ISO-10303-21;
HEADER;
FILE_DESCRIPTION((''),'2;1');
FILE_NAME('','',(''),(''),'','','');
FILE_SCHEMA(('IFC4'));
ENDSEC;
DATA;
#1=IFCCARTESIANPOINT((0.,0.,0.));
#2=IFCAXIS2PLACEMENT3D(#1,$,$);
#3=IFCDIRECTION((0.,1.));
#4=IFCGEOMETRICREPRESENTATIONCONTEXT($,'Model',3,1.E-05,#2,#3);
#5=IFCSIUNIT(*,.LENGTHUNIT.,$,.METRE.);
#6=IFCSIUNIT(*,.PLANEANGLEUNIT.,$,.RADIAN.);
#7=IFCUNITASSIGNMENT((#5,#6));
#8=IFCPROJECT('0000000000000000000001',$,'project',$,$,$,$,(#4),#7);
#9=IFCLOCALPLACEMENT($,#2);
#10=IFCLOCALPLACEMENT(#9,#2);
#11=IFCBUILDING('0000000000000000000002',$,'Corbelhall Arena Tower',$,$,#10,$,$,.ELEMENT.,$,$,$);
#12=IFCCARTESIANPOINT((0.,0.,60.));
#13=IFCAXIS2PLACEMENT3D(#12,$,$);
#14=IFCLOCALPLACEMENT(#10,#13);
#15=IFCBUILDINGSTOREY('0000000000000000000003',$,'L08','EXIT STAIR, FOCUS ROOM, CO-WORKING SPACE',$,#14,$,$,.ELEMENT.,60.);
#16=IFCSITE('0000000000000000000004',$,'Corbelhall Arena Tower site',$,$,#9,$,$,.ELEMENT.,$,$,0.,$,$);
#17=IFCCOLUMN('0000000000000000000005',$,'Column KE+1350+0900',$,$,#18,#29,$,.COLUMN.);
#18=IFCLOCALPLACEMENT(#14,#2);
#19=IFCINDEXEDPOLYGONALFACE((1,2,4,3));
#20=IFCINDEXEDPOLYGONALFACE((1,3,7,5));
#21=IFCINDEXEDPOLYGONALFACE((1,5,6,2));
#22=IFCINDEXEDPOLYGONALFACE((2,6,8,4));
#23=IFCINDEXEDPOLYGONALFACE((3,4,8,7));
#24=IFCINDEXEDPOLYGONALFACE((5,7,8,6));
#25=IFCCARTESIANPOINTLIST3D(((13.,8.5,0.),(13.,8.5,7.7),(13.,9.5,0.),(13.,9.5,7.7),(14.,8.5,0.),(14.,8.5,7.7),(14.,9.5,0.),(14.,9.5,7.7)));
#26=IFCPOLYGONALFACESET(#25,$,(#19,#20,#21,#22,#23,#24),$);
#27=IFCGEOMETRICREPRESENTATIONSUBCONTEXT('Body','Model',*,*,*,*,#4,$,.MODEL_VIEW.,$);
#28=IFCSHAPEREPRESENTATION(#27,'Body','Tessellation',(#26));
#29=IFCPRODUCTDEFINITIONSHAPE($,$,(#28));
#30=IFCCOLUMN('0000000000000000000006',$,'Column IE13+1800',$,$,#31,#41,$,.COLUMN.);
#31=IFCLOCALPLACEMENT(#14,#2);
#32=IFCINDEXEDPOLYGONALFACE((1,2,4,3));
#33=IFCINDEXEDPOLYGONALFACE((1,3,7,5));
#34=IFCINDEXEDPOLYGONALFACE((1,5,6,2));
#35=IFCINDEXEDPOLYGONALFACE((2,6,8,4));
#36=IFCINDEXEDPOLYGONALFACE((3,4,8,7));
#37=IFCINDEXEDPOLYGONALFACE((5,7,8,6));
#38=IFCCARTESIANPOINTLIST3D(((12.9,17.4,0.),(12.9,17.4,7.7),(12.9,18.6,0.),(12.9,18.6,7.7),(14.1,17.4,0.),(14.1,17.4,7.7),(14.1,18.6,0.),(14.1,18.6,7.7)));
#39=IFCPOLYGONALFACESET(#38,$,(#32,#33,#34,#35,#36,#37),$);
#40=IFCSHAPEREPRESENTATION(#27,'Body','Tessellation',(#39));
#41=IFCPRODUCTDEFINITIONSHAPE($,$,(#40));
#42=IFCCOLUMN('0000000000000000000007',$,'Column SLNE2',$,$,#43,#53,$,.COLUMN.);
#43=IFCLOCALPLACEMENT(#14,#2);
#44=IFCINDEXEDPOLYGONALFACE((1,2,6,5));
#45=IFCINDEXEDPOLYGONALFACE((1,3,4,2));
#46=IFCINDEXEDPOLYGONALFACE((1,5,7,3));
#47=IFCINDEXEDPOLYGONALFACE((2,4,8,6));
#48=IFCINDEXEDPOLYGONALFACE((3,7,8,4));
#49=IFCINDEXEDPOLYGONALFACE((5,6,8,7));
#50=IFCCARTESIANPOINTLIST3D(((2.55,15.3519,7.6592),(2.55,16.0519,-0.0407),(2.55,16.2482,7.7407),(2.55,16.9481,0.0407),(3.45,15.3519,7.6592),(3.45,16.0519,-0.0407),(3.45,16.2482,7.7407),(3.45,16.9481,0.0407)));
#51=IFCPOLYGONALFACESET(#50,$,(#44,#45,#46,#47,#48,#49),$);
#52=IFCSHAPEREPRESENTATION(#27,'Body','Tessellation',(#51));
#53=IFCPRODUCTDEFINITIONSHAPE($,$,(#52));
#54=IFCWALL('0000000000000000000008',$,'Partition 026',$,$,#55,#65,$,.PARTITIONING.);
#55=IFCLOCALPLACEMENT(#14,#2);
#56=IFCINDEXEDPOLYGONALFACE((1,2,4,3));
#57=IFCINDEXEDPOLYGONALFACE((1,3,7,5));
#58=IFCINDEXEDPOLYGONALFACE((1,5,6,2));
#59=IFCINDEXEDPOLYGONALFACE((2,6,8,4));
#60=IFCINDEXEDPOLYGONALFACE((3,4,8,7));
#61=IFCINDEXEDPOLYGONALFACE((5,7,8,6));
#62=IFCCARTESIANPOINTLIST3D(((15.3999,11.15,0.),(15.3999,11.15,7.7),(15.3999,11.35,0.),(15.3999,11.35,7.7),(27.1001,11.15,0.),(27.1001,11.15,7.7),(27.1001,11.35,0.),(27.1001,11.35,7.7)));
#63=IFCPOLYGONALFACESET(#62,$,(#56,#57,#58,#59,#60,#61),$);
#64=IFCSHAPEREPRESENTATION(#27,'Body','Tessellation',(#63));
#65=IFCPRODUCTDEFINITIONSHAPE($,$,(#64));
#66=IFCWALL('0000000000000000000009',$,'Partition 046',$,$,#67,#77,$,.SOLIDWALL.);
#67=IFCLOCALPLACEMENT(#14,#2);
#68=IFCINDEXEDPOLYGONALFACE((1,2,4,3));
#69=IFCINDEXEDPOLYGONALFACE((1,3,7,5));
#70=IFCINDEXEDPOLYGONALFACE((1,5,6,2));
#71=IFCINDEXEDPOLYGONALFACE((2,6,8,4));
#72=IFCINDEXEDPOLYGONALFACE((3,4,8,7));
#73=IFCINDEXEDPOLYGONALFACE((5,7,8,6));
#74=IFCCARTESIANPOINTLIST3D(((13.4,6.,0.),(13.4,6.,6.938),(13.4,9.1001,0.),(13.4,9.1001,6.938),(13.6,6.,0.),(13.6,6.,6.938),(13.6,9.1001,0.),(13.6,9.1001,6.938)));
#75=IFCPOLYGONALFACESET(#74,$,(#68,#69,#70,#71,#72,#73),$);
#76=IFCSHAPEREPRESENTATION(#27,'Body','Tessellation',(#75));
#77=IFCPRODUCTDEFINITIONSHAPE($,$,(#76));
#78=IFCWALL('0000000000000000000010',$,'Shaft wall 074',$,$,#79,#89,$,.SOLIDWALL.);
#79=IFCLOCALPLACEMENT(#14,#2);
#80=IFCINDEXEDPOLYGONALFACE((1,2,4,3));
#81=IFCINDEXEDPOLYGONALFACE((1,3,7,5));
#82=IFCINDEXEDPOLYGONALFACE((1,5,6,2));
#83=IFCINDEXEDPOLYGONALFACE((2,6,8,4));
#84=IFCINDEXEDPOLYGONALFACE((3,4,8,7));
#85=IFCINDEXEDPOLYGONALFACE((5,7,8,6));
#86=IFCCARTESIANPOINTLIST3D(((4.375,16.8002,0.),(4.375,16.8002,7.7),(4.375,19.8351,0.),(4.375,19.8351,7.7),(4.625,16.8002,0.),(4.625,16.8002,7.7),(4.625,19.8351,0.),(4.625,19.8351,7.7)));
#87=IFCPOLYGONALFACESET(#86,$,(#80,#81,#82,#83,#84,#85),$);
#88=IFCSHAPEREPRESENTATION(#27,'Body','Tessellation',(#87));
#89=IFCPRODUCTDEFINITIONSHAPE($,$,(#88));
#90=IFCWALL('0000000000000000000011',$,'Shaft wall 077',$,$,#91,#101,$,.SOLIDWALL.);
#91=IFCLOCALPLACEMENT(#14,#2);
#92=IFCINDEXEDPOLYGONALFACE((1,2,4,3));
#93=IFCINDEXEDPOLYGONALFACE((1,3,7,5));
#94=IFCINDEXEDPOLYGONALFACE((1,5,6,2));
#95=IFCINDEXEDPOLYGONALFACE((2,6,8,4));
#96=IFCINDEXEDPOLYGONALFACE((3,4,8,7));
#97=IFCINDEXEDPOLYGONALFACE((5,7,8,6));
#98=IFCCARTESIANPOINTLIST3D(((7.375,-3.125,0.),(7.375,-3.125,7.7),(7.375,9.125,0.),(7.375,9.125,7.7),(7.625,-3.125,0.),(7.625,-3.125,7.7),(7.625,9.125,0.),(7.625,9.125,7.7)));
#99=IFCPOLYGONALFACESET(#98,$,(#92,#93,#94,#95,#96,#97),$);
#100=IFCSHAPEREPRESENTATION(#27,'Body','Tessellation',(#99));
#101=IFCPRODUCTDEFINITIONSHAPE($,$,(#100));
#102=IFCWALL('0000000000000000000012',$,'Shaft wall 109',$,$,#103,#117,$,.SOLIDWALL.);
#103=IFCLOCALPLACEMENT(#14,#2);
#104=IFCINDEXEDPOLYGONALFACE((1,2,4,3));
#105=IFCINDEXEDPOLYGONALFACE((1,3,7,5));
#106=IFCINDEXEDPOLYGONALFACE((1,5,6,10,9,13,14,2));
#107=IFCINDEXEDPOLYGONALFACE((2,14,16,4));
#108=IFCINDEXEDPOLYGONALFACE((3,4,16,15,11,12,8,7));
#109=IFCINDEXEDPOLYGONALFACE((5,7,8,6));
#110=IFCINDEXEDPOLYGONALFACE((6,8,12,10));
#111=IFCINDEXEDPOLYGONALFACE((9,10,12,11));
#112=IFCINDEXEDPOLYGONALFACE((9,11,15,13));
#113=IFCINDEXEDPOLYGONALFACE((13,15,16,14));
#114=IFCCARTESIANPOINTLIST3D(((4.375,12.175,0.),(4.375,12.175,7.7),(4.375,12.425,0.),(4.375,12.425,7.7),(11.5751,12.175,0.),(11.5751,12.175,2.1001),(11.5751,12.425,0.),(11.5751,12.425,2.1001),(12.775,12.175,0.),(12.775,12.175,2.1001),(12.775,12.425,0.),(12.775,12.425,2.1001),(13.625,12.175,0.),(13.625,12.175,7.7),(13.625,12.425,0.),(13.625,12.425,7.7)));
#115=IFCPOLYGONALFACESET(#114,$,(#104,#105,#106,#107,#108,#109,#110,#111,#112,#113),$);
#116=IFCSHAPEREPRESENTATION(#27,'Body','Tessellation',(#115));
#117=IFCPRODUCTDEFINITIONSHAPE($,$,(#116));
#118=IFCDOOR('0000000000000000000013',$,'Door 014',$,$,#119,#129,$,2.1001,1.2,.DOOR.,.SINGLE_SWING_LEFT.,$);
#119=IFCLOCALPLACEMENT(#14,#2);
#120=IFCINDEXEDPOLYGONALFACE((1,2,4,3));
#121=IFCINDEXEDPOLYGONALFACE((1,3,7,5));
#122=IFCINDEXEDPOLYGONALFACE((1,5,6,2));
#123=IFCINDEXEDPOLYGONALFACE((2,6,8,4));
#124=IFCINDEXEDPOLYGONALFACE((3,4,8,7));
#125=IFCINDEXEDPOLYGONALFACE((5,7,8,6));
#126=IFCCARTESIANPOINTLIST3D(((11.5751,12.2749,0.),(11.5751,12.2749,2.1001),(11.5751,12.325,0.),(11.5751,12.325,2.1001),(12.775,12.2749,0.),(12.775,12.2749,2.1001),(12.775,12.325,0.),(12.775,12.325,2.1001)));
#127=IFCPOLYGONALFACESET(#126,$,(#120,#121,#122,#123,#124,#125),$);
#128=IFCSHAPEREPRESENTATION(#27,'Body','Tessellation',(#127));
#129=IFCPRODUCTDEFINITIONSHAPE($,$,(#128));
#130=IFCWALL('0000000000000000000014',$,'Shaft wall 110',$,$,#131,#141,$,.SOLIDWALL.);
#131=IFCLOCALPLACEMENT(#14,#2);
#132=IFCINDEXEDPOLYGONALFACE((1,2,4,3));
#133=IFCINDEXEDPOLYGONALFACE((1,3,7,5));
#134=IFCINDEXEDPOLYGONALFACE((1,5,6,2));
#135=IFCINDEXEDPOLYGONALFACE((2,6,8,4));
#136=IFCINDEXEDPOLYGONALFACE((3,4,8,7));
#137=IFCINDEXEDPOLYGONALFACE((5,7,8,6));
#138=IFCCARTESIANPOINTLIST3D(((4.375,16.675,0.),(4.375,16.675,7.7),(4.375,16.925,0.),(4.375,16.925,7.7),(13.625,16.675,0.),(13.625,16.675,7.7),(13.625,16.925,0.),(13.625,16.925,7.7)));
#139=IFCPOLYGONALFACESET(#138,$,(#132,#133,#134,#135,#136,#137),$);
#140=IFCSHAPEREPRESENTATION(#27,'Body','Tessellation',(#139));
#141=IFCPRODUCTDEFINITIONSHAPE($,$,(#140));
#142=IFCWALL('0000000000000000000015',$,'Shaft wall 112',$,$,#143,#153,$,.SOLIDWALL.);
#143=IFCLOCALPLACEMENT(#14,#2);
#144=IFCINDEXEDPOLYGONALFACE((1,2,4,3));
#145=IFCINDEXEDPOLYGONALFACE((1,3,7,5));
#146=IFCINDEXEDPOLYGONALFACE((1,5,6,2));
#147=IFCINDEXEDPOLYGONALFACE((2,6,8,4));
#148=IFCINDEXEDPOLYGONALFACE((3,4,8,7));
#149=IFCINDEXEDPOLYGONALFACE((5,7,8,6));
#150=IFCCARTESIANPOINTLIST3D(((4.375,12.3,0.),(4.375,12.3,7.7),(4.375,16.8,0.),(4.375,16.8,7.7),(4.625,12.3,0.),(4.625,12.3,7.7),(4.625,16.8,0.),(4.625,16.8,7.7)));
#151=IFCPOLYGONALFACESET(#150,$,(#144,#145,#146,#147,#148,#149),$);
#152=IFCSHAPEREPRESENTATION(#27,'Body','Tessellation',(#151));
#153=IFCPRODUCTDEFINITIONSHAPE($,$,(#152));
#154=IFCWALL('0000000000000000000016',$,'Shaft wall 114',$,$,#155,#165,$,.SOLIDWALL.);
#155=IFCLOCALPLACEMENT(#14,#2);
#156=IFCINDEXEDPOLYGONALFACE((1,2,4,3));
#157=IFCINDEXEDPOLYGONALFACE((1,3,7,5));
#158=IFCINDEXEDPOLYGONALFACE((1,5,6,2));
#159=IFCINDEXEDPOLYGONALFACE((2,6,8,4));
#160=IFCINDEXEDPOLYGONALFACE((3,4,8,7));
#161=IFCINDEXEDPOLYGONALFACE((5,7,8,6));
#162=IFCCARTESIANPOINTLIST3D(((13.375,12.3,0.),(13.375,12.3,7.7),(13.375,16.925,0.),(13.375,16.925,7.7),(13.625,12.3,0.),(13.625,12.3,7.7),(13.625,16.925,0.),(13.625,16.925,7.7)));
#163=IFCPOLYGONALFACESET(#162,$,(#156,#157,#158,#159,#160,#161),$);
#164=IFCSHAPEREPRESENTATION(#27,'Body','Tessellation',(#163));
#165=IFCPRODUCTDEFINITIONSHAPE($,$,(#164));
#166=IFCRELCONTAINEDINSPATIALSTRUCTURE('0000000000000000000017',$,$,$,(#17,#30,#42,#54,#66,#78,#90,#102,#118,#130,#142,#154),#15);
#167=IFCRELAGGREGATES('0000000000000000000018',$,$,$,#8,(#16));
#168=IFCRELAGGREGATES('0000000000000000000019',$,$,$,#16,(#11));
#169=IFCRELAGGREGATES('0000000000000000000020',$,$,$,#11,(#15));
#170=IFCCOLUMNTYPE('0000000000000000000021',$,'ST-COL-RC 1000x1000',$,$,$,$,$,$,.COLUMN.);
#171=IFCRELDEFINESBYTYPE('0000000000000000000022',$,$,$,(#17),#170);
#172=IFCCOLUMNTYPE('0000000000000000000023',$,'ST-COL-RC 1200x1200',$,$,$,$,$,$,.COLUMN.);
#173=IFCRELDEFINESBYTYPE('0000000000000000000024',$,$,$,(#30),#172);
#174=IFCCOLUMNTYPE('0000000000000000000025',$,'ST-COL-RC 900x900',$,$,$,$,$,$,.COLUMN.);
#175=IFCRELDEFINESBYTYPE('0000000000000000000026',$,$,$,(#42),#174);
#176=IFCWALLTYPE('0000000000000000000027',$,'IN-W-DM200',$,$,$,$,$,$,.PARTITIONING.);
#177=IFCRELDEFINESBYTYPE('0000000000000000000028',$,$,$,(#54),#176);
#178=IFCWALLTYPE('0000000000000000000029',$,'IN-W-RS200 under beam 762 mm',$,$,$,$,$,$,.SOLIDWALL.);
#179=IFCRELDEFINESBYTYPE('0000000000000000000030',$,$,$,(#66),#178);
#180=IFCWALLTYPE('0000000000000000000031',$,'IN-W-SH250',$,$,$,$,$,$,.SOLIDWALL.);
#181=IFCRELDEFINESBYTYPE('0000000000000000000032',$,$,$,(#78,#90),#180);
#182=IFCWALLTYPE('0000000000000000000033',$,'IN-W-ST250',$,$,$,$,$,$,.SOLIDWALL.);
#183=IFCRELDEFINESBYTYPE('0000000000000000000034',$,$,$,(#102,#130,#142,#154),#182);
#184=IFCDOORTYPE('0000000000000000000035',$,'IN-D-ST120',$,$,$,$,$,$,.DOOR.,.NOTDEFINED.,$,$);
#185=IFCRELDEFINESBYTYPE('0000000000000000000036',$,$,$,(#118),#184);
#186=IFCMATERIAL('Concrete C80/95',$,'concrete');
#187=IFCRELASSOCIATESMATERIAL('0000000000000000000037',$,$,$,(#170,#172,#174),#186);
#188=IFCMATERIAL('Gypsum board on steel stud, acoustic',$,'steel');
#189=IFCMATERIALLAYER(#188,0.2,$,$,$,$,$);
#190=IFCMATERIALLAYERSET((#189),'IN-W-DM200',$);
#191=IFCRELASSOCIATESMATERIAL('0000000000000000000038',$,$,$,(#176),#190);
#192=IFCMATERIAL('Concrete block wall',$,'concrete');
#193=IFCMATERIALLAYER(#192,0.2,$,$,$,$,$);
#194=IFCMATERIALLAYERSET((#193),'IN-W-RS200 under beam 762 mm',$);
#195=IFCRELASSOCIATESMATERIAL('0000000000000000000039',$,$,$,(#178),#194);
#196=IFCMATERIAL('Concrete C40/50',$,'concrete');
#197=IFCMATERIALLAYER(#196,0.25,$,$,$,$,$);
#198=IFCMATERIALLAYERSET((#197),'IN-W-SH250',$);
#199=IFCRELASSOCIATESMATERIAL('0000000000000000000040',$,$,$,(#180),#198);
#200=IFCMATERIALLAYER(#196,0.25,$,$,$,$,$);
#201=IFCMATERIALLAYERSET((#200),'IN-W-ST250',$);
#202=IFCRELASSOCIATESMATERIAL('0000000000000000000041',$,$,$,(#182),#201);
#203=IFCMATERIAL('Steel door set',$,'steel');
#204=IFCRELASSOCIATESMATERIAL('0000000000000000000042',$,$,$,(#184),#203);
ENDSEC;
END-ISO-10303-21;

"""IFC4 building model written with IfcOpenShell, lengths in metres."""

from ifc_helpers import new_model, si_unit, direction, frame, frame_2d, origin, origin_2d, place, context, subcontext, project, spatial, rectangle, extrude, material, layer, layer_set, material_profile, profile_set, type_object, element, fill, save


model = new_model("IFC4")

# Units and contexts
model_context = context("Model", 3, precision=1e-05, world=origin(), true_north=direction((0.0, 1.0)))
body_context = subcontext(model_context, "Body", "Model", "MODEL_VIEW")
ifc_project = project(units=[si_unit("LENGTHUNIT", "METRE"), si_unit("PLANEANGLEUNIT", "RADIAN")], contexts=[model_context])

# Site, building, storey
site_placement = place(None, origin())
site = spatial("IfcSite", under=ifc_project, at=site_placement, Name="Corbelhall Arena Tower site", CompositionType="ELEMENT", RefElevation=0.0)
building_placement = place(site_placement, origin())
building = spatial("IfcBuilding", under=site, at=building_placement, Name="Corbelhall Arena Tower", CompositionType="ELEMENT")
storey_placement = place(building_placement, frame((0.0, 0.0, 60.0)))
storey = spatial("IfcBuildingStorey", under=building, at=storey_placement, Name="L08", Description="EXIT STAIR, FOCUS ROOM, CO-WORKING SPACE", CompositionType="ELEMENT", Elevation=60.0)

# Columns
ifc_material_1 = material(Name="Concrete C80/95", Category="concrete")
ifc_material_profile_1 = material_profile(ifc_material_1, rectangle(XDim=1.0, YDim=1.0, at=origin_2d()))
ifc_profile_set_1 = profile_set([ifc_material_profile_1], Name="Concrete C80/95")
column_type_1 = type_object("IfcColumnType", Name="ST-COL-RC 1000x1000", PredefinedType="COLUMN", material=ifc_profile_set_1)
column_1_placement = place(storey_placement, frame((13.5, 9.0, 0.0), z_axis=(0.0, 0.0, 1.0), x_axis=(1.0, 0.0, 0.0)))
element("IfcColumn", 1, at=column_1_placement, inside=storey, type_object=column_type_1, Name="Column KE+1350+0900", PredefinedType="COLUMN", context=body_context, shape_type="SweptSolid", body=[
    extrude(rectangle(XDim=1.0, YDim=1.0, at=origin_2d()), origin(), (0.0, 0.0, 1.0), 7.7),
])
ifc_material_profile_2 = material_profile(ifc_material_1, rectangle(XDim=1.2, YDim=1.2, at=origin_2d()))
ifc_profile_set_2 = profile_set([ifc_material_profile_2], Name="Concrete C80/95")
column_type_2 = type_object("IfcColumnType", Name="ST-COL-RC 1200x1200", PredefinedType="COLUMN", material=ifc_profile_set_2)
column_2_placement = place(storey_placement, frame((13.5, 18.0, 0.0), z_axis=(0.0, 0.0, 1.0), x_axis=(1.0, 0.0, 0.0)))
element("IfcColumn", 2, at=column_2_placement, inside=storey, type_object=column_type_2, Name="Column IE13+1800", PredefinedType="COLUMN", context=body_context, shape_type="SweptSolid", body=[
    extrude(rectangle(XDim=1.2, YDim=1.2, at=origin_2d()), origin(), (0.0, 0.0, 1.0), 7.7),
])
ifc_material_profile_3 = material_profile(ifc_material_1, rectangle(XDim=0.8999, YDim=0.8999, at=origin_2d()))
ifc_profile_set_3 = profile_set([ifc_material_profile_3], Name="Concrete C80/95")
column_type_3 = type_object("IfcColumnType", Name="ST-COL-RC 900x900", PredefinedType="COLUMN", material=ifc_profile_set_3)
column_3_placement = place(storey_placement, frame((3.0, 16.5, 0.0), z_axis=(0.0, -0.09053, 0.995894), x_axis=(1.0, 0.0, 0.0)))
element("IfcColumn", 3, at=column_3_placement, inside=storey, type_object=column_type_3, Name="Column SLNE2", PredefinedType="COLUMN", context=body_context, shape_type="SweptSolid", body=[
    extrude(rectangle(XDim=0.8999, YDim=0.8999, at=origin_2d()), origin(), (0.0, 0.0, 1.0), 7.7317),
])

# Shared definitions
ifc_material_2 = material(Name="Gypsum board on steel stud, acoustic", Category="steel")
ifc_layer_1 = layer(ifc_material_2, 0.2)
ifc_layer_set_1 = layer_set([ifc_layer_1], Name="IN-W-DM200")
wall_type_1 = type_object("IfcWallType", Name="IN-W-DM200", PredefinedType="PARTITIONING", material=ifc_layer_set_1)
ifc_material_3 = material(Name="Steel door set", Category="steel")

# Wall
wall_1_placement = place(storey_placement, frame((15.3999, 11.25, 0.0), z_axis=(0.0, 0.0, 1.0), x_axis=(1.0, 0.0, 0.0)))
element("IfcWall", 4, at=wall_1_placement, inside=storey, type_object=wall_type_1, Name="Partition 026", PredefinedType="PARTITIONING", context=body_context, shape_type="SweptSolid", body=[
    extrude(rectangle(XDim=11.7002, YDim=0.2, at=frame_2d((5.8501, 0.0))), origin(), (0.0, 0.0, 1.0), 7.7),
])

# Shared definitions
ifc_material_4 = material(Name="Concrete block wall", Category="concrete")

# Walls
ifc_layer_2 = layer(ifc_material_4, 0.2)
ifc_layer_set_2 = layer_set([ifc_layer_2], Name="IN-W-RS200 under beam 762 mm")
wall_type_2 = type_object("IfcWallType", Name="IN-W-RS200 under beam 762 mm", PredefinedType="SOLIDWALL", material=ifc_layer_set_2)
wall_2_placement = place(storey_placement, frame((13.5, 9.1001, 0.0), z_axis=(0.0, 0.0, 1.0), x_axis=(0.0, -1.0, 0.0)))
element("IfcWall", 5, at=wall_2_placement, inside=storey, type_object=wall_type_2, Name="Partition 046", PredefinedType="SOLIDWALL", context=body_context, shape_type="SweptSolid", body=[
    extrude(rectangle(XDim=3.1001, YDim=0.2, at=frame_2d((1.55, 0.0))), origin(), (0.0, 0.0, 1.0), 6.938),
])
ifc_material_5 = material(Name="Concrete C40/50", Category="concrete")
ifc_layer_3 = layer(ifc_material_5, 0.25)
ifc_layer_set_3 = layer_set([ifc_layer_3], Name="IN-W-SH250")
wall_type_3 = type_object("IfcWallType", Name="IN-W-SH250", PredefinedType="SOLIDWALL", material=ifc_layer_set_3)
wall_3_placement = place(storey_placement, frame((4.5, 16.8, 0.0), z_axis=(0.0, 0.0, 1.0), x_axis=(0.0, 1.0, 0.0)))
element("IfcWall", 6, at=wall_3_placement, inside=storey, type_object=wall_type_3, Name="Shaft wall 074", PredefinedType="SOLIDWALL", context=body_context, shape_type="SweptSolid", body=[
    extrude(rectangle(XDim=3.0349, YDim=0.25, at=frame_2d((1.5176, 0.0))), origin(), (0.0, 0.0, 1.0), 7.7),
])
wall_4_placement = place(storey_placement, frame((7.5, 9.125, 0.0), z_axis=(0.0, 0.0, 1.0), x_axis=(0.0, -1.0, 0.0)))
element("IfcWall", 7, at=wall_4_placement, inside=storey, type_object=wall_type_3, Name="Shaft wall 077", PredefinedType="SOLIDWALL", context=body_context, shape_type="SweptSolid", body=[
    extrude(rectangle(XDim=12.25, YDim=0.25, at=frame_2d((6.125, 0.0))), origin(), (0.0, 0.0, 1.0), 7.7),
])

# Wall, opening, door
ifc_layer_4 = layer(ifc_material_5, 0.25)
ifc_layer_set_4 = layer_set([ifc_layer_4], Name="IN-W-ST250")
wall_type_4 = type_object("IfcWallType", Name="IN-W-ST250", PredefinedType="SOLIDWALL", material=ifc_layer_set_4)
wall_5_placement = place(storey_placement, frame((4.375, 12.3, 0.0), z_axis=(0.0, 0.0, 1.0), x_axis=(1.0, 0.0, 0.0)))
wall_5 = element("IfcWall", 8, at=wall_5_placement, inside=storey, type_object=wall_type_4, Name="Shaft wall 109", PredefinedType="SOLIDWALL", context=body_context, shape_type="SweptSolid", body=[
    extrude(rectangle(XDim=9.25, YDim=0.25, at=frame_2d((4.625, 0.0))), origin(), (0.0, 0.0, 1.0), 7.7),
])
opening_1_placement = place(wall_5_placement, frame((7.2, 0.0, 0.0)))
opening_1 = element("IfcOpeningElement", 9, at=opening_1_placement, cuts=wall_5, PredefinedType="OPENING", context=body_context, shape_type="SweptSolid", body=[
    extrude(rectangle(XDim=1.2, YDim=2.1001, at=frame_2d((0.6001, 1.05))), frame((0.0, 0.125, 0.0), z_axis=(0.0, -1.0, 0.0), x_axis=(1.0, 0.0, 0.0)), (0.0, 0.0, 1.0), 0.25),
])
door_type_1 = type_object("IfcDoorType", Name="IN-D-ST120", OperationType="NOTDEFINED", PredefinedType="DOOR", material=ifc_material_3)
door_1_placement = place(opening_1_placement, origin())
door_1 = element("IfcDoor", 10, at=door_1_placement, inside=storey, type_object=door_type_1, Name="Door 014", OperationType="SINGLE_SWING_LEFT", OverallHeight=2.1001, OverallWidth=1.2, PredefinedType="DOOR", context=body_context, shape_type="SweptSolid", body=[
    extrude(rectangle(XDim=1.2, YDim=2.1001, at=frame_2d((0.6001, 1.05))), frame((0.0, 0.0249, 0.0), z_axis=(0.0, -1.0, 0.0), x_axis=(1.0, 0.0, 0.0)), (0.0, 0.0, 1.0), 0.05),
])
fill(opening_1, door_1)

# Walls
wall_6_placement = place(storey_placement, frame((4.375, 16.8, 0.0), z_axis=(0.0, 0.0, 1.0), x_axis=(1.0, 0.0, 0.0)))
element("IfcWall", 11, at=wall_6_placement, inside=storey, type_object=wall_type_4, Name="Shaft wall 110", PredefinedType="SOLIDWALL", context=body_context, shape_type="SweptSolid", body=[
    extrude(rectangle(XDim=9.25, YDim=0.25, at=frame_2d((4.625, 0.0))), origin(), (0.0, 0.0, 1.0), 7.7),
])
wall_7_placement = place(storey_placement, frame((4.5, 12.3, 0.0), z_axis=(0.0, 0.0, 1.0), x_axis=(0.0, 1.0, 0.0)))
element("IfcWall", 12, at=wall_7_placement, inside=storey, type_object=wall_type_4, Name="Shaft wall 112", PredefinedType="SOLIDWALL", context=body_context, shape_type="SweptSolid", body=[
    extrude(rectangle(XDim=4.5, YDim=0.25, at=frame_2d((2.25, 0.0))), origin(), (0.0, 0.0, 1.0), 7.7),
])
wall_8_placement = place(storey_placement, frame((13.5, 16.925, 0.0), z_axis=(0.0, 0.0, 1.0), x_axis=(0.0, -1.0, 0.0)))
element("IfcWall", 13, at=wall_8_placement, inside=storey, type_object=wall_type_4, Name="Shaft wall 114", PredefinedType="SOLIDWALL", context=body_context, shape_type="SweptSolid", body=[
    extrude(rectangle(XDim=4.625, YDim=0.25, at=frame_2d((2.3125, 0.0))), origin(), (0.0, 0.0, 1.0), 7.7),
])

save(model, "model.ifc")
